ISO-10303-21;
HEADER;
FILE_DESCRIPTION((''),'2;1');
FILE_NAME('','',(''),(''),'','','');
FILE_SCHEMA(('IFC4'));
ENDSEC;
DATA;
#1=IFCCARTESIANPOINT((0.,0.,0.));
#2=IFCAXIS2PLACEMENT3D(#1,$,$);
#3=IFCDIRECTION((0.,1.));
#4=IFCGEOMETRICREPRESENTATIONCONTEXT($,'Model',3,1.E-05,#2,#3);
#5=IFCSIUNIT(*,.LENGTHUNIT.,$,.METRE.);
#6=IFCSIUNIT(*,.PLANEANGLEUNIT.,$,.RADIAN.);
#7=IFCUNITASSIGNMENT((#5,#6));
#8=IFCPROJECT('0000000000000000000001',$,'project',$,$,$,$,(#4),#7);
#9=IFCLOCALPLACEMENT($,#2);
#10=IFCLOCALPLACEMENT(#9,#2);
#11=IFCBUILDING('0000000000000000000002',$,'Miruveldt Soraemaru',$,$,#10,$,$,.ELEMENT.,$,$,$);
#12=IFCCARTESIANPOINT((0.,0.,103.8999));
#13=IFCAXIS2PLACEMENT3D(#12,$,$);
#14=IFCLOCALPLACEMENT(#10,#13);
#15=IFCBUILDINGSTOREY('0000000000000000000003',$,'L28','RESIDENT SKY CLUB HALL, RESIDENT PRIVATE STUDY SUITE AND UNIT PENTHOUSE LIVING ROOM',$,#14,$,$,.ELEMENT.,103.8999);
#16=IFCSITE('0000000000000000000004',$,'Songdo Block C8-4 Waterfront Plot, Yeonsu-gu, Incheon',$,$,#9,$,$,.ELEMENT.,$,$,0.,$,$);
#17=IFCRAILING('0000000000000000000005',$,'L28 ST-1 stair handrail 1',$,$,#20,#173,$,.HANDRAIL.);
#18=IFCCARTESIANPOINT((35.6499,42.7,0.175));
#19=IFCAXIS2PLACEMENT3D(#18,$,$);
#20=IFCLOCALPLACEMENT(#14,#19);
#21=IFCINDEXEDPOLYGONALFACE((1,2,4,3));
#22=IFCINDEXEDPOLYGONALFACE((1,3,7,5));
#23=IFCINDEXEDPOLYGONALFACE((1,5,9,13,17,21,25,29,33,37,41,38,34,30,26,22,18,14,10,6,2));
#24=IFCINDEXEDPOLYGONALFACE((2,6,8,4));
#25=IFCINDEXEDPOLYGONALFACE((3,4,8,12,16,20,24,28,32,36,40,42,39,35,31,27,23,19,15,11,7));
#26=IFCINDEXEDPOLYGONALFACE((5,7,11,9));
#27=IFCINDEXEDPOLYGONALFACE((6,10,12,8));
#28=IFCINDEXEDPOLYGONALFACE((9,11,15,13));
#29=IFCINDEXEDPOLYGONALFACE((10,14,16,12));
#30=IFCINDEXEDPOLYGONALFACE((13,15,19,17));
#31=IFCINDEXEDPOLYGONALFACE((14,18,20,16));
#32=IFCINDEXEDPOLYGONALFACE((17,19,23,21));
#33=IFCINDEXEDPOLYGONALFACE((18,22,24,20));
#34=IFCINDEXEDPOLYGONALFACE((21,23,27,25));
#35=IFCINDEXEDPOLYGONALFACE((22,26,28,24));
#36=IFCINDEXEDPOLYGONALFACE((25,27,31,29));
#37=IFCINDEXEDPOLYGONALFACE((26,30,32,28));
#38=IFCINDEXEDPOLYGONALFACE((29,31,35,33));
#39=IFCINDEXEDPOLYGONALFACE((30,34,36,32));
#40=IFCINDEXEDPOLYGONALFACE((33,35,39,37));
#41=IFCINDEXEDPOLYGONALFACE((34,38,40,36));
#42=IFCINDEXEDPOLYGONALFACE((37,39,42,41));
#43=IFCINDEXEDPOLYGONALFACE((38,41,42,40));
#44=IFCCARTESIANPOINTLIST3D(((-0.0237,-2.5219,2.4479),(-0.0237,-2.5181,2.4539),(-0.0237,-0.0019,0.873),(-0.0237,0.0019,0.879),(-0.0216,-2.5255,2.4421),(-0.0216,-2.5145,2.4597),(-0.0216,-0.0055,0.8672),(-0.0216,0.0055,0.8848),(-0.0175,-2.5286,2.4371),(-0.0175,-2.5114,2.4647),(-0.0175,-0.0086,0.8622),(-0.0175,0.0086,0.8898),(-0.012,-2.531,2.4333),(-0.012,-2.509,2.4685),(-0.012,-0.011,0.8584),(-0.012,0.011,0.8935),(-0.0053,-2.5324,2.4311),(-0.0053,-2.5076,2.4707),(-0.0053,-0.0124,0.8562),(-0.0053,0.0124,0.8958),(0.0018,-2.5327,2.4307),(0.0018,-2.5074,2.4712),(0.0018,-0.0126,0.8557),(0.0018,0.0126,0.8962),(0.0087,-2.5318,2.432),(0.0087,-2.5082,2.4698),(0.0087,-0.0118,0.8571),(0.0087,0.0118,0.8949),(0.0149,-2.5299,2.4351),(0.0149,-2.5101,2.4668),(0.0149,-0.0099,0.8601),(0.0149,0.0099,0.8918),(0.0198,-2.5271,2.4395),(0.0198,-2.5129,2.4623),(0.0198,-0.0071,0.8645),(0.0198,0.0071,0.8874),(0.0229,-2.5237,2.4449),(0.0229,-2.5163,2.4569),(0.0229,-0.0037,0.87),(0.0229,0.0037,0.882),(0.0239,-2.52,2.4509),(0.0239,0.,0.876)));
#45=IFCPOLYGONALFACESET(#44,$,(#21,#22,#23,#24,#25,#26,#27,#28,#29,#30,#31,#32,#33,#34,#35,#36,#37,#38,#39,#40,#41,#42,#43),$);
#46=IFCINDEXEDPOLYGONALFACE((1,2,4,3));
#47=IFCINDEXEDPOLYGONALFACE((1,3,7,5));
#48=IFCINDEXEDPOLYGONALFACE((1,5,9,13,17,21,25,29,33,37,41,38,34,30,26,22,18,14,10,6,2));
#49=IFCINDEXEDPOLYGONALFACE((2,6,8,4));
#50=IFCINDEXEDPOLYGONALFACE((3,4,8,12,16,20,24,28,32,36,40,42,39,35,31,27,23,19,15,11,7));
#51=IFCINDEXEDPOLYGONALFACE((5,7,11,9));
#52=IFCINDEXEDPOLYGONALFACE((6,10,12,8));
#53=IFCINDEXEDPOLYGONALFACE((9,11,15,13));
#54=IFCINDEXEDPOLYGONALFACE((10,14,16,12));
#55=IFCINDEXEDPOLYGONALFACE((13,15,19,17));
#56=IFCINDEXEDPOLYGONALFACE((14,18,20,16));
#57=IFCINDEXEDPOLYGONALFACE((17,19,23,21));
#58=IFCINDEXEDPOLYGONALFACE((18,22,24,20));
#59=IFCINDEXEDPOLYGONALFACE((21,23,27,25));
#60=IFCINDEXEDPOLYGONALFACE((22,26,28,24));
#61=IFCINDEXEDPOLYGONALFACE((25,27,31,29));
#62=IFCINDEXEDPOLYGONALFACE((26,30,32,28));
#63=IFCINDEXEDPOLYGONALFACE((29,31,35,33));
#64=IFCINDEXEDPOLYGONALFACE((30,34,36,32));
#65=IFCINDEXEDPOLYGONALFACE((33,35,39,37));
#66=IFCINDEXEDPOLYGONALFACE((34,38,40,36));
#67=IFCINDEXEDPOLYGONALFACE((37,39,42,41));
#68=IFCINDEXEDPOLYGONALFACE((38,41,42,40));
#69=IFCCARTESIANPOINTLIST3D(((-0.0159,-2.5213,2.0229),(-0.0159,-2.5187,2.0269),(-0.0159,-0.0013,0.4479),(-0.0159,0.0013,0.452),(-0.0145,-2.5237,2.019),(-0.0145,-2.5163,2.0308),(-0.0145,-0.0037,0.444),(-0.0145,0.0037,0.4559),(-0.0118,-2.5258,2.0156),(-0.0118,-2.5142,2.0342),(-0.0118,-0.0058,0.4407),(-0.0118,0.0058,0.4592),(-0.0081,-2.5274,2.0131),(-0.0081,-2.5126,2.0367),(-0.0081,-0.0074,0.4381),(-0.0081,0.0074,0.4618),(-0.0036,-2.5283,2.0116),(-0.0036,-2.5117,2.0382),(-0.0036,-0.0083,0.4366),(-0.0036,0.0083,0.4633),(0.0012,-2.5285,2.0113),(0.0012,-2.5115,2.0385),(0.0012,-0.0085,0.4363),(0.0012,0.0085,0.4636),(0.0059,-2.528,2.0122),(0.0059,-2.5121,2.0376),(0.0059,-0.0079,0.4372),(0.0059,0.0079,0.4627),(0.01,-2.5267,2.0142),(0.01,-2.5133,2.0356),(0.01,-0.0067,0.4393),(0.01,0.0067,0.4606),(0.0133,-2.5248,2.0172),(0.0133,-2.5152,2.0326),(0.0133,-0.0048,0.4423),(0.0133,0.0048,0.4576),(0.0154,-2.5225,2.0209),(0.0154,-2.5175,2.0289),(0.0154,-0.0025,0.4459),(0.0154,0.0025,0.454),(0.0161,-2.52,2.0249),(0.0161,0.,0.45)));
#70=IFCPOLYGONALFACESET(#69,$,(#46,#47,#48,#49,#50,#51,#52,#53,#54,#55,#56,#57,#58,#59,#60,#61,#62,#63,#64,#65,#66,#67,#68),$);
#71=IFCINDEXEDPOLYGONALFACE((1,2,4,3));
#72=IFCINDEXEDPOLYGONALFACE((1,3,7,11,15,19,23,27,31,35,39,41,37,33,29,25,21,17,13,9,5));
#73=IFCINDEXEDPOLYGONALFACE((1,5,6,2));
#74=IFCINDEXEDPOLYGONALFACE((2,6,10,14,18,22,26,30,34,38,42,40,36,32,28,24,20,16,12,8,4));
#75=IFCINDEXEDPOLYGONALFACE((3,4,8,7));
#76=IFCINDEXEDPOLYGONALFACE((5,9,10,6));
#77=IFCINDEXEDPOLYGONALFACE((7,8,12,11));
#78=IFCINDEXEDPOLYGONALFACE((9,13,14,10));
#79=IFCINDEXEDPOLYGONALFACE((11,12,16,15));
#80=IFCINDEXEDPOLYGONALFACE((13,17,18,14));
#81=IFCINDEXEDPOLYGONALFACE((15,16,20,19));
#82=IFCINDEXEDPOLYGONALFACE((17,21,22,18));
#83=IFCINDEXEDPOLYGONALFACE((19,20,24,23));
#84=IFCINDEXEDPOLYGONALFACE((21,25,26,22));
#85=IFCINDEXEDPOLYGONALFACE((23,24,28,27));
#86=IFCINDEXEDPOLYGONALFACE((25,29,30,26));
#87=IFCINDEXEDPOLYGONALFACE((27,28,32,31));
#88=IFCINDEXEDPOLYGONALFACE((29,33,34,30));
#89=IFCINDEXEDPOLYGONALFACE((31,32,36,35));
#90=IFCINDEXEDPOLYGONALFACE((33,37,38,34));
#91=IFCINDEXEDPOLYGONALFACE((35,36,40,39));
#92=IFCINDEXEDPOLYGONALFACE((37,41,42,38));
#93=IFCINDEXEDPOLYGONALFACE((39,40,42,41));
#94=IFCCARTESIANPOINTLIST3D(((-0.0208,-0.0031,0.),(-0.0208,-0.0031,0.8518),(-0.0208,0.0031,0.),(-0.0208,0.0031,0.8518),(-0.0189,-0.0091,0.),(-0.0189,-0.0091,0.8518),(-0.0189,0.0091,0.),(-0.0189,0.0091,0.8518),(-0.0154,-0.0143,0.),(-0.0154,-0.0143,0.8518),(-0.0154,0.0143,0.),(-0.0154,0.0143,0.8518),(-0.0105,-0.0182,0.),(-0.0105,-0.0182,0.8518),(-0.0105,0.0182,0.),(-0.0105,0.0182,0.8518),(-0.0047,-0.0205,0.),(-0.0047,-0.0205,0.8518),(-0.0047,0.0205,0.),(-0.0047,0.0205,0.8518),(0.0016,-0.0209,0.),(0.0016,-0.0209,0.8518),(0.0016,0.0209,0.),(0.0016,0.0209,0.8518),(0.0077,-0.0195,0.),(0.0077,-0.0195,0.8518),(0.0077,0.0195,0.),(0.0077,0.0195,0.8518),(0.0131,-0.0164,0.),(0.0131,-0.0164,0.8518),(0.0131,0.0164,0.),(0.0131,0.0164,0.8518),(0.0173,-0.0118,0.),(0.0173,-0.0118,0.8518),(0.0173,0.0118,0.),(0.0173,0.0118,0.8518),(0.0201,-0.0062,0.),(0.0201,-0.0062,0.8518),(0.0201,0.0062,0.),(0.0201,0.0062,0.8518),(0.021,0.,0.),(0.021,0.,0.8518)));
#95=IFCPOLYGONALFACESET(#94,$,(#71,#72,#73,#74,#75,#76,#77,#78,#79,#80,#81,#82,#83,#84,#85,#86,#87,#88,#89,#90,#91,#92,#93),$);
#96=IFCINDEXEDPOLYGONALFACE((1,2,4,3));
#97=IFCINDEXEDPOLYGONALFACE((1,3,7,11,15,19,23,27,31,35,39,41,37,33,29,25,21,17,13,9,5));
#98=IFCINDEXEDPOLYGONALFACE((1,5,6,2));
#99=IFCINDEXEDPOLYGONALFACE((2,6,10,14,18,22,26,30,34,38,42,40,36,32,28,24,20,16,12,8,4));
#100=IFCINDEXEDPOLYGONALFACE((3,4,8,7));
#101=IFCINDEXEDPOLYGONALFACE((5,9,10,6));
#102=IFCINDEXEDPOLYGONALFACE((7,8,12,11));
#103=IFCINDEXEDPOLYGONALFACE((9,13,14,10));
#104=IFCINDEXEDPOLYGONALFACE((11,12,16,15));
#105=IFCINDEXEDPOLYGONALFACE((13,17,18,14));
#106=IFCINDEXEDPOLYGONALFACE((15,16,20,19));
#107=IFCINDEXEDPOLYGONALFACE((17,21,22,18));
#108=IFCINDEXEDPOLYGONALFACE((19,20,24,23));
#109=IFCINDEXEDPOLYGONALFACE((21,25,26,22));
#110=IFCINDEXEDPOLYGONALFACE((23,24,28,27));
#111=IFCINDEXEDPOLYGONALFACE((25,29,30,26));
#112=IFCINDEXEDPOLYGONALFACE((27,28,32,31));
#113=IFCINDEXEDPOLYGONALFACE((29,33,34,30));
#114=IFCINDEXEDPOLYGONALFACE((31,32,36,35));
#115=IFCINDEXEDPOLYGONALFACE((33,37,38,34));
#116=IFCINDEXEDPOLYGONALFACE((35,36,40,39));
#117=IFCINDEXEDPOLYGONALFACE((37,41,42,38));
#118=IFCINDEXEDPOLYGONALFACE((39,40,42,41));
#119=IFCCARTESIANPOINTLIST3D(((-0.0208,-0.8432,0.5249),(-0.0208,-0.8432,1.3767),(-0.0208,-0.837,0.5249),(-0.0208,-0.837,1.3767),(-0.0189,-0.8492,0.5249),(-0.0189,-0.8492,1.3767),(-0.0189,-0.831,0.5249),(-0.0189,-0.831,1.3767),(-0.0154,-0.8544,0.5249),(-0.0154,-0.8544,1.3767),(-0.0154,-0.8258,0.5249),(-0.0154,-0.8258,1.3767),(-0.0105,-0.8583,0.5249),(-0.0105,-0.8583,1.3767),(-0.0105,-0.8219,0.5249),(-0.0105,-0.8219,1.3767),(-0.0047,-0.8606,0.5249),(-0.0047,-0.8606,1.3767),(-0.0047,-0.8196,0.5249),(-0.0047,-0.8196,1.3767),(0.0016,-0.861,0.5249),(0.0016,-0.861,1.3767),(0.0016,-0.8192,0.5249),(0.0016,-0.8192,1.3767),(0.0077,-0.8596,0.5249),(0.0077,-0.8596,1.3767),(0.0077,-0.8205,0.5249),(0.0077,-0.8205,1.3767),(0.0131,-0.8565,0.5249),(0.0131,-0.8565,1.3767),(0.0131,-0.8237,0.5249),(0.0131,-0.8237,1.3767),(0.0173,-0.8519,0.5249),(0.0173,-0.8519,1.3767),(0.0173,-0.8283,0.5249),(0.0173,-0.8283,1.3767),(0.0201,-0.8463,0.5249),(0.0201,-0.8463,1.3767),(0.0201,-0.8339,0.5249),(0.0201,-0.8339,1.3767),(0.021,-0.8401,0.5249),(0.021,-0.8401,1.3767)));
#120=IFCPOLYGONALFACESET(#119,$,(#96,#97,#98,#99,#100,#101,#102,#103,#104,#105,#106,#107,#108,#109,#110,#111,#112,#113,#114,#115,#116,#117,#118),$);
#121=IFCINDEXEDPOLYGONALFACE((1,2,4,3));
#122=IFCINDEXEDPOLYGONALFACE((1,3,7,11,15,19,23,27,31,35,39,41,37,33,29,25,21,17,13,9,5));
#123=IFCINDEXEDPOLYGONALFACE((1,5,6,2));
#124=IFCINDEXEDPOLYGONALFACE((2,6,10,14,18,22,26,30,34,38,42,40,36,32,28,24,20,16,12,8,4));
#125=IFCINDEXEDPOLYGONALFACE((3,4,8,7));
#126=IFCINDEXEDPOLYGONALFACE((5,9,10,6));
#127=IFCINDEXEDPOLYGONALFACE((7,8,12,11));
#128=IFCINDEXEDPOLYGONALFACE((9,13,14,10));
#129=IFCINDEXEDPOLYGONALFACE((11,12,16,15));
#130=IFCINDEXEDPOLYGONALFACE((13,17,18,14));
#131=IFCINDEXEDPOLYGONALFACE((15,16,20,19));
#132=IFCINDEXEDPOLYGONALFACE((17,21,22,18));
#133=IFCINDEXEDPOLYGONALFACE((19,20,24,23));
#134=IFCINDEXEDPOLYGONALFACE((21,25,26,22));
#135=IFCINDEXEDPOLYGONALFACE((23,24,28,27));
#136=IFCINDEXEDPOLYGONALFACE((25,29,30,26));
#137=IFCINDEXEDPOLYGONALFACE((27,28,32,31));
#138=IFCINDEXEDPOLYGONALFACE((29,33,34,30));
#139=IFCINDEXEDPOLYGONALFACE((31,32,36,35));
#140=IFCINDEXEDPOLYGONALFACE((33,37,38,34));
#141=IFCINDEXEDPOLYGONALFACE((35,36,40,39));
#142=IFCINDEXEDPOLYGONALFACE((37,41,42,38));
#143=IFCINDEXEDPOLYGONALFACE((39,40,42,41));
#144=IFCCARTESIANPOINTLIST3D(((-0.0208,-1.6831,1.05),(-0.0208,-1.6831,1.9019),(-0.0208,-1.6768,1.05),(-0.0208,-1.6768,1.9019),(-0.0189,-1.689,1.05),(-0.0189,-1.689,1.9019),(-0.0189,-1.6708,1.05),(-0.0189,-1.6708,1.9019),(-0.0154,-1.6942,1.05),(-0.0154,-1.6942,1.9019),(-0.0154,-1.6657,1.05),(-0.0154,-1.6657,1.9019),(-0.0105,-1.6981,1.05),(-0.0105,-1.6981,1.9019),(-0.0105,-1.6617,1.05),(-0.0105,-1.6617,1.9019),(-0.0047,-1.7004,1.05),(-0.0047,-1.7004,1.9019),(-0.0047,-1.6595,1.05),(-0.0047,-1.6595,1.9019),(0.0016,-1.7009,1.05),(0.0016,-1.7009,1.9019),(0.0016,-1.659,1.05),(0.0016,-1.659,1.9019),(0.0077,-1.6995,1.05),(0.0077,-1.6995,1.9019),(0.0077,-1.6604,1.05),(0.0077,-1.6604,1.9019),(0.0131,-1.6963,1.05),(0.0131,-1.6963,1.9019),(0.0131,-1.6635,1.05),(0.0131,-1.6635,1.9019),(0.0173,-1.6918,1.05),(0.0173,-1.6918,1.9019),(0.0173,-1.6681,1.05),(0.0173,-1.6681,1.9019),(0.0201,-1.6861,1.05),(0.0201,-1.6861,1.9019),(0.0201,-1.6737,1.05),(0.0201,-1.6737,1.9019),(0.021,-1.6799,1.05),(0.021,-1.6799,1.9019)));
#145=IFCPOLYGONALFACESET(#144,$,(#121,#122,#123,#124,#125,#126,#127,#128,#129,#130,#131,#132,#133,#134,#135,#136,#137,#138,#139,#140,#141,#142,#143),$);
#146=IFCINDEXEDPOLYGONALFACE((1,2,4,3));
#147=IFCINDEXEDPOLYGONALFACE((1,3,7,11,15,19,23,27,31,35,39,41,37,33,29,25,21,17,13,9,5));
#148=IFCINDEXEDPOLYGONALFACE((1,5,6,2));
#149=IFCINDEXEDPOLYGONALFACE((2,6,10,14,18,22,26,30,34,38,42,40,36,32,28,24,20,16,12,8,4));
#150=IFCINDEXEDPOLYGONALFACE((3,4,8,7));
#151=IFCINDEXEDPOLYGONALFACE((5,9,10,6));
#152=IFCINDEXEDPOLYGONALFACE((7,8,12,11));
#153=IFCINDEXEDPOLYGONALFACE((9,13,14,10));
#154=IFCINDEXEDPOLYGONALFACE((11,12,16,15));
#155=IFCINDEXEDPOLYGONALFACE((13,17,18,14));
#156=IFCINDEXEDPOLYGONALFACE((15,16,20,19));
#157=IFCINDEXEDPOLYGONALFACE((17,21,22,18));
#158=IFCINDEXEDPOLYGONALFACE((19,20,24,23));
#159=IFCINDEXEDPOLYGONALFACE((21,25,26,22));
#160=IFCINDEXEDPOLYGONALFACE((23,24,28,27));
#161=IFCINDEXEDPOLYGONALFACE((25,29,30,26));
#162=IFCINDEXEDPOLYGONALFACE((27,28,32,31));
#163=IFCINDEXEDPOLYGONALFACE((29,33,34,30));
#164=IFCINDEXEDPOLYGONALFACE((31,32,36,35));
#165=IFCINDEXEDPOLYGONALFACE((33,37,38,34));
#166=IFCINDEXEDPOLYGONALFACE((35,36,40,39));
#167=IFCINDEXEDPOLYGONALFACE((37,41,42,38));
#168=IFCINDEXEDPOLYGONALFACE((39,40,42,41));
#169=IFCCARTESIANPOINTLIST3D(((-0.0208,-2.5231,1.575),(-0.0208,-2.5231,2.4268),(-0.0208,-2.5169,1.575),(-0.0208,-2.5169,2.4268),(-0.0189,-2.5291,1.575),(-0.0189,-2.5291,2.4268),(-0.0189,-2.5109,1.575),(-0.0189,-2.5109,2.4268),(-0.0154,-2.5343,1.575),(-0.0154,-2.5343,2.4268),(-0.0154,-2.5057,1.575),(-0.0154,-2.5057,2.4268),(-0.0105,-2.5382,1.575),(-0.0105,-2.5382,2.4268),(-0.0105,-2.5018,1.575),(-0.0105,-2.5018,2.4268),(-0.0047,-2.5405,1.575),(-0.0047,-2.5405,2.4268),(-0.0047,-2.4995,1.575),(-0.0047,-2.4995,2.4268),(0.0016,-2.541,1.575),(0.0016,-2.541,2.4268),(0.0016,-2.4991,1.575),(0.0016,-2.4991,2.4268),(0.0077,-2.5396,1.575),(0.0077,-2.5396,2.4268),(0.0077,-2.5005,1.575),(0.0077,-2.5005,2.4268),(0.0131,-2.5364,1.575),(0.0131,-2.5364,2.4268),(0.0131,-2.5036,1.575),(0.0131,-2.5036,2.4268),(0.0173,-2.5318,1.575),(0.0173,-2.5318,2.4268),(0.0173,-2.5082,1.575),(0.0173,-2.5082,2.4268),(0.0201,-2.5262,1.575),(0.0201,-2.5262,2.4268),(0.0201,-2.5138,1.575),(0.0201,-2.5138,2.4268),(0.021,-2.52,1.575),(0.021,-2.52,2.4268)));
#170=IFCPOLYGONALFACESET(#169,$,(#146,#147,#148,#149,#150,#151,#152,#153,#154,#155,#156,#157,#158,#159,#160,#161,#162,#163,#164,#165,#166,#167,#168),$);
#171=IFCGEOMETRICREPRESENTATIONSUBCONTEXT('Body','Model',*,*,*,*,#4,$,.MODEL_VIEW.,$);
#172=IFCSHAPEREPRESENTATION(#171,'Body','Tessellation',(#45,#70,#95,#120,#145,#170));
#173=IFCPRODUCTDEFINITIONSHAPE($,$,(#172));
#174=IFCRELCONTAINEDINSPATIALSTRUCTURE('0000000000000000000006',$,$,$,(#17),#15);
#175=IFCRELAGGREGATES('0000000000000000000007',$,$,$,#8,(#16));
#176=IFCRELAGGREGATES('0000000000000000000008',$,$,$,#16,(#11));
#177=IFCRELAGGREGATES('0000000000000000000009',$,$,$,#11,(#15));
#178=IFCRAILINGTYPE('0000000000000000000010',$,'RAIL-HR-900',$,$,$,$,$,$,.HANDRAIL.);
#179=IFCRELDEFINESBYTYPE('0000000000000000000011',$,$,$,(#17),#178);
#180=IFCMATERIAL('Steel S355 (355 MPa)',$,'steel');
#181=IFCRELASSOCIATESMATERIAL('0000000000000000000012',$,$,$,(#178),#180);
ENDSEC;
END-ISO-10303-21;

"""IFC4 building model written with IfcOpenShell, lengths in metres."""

from ifc_helpers import new_model, si_unit, direction, frame, origin, origin_2d, place, context, subcontext, project, spatial, circle, extrude, material, type_object, element, save


model = new_model("IFC4")

# Units and contexts
model_context = context("Model", 3, precision=1e-05, world=origin(), true_north=direction((0.0, 1.0)))
body_context = subcontext(model_context, "Body", "Model", "MODEL_VIEW")
ifc_project = project(units=[si_unit("LENGTHUNIT", "METRE"), si_unit("PLANEANGLEUNIT", "RADIAN")], contexts=[model_context])

# Site, building, storey
site_placement = place(None, origin())
site = spatial("IfcSite", under=ifc_project, at=site_placement, Name="Songdo Block C8-4 Waterfront Plot, Yeonsu-gu, Incheon", CompositionType="ELEMENT", RefElevation=0.0)
building_placement = place(site_placement, origin())
building = spatial("IfcBuilding", under=site, at=building_placement, Name="Miruveldt Soraemaru", CompositionType="ELEMENT")
storey_placement = place(building_placement, frame((0.0, 0.0, 103.8999)))
storey = spatial("IfcBuildingStorey", under=building, at=storey_placement, Name="L28", Description="RESIDENT SKY CLUB HALL, RESIDENT PRIVATE STUDY SUITE AND UNIT PENTHOUSE LIVING ROOM", CompositionType="ELEMENT", Elevation=103.8999)

# Railing
ifc_material_1 = material(Name="Steel S355 (355 MPa)", Category="steel")
railing_type_1 = type_object("IfcRailingType", Name="RAIL-HR-900", PredefinedType="HANDRAIL", material=ifc_material_1)
railing_1_placement = place(storey_placement, frame((35.6499, 42.7, 0.175)))
element("IfcRailing", 1, at=railing_1_placement, inside=storey, type_object=railing_type_1, Name="L28 ST-1 stair handrail 1", PredefinedType="HANDRAIL", context=body_context, shape_type="SweptSolid", body=[
    extrude(circle(Radius=0.0239, at=origin_2d()), frame((0.0, 0.0, 0.876), z_axis=(0.0, -0.848008, 0.529984), x_axis=(1.0, 0.0, 0.0)), (0.0, 0.0, 1.0), 2.9717),
    extrude(circle(Radius=0.0161, at=origin_2d()), frame((0.0, 0.0, 0.45), z_axis=(0.0, -0.848008, 0.529984), x_axis=(1.0, 0.0, 0.0)), (0.0, 0.0, 1.0), 2.9717),
    extrude(circle(Radius=0.021, at=origin_2d()), origin(), (0.0, 0.0, 1.0), 0.8518),
    extrude(circle(Radius=0.021, at=origin_2d()), frame((0.0, -0.8401, 0.5249)), (0.0, 0.0, 1.0), 0.8518),
    extrude(circle(Radius=0.021, at=origin_2d()), frame((0.0, -1.6799, 1.05)), (0.0, 0.0, 1.0), 0.8518),
    extrude(circle(Radius=0.021, at=origin_2d()), frame((0.0, -2.52, 1.575)), (0.0, 0.0, 1.0), 0.8518),
])

save(model, "model.ifc")
